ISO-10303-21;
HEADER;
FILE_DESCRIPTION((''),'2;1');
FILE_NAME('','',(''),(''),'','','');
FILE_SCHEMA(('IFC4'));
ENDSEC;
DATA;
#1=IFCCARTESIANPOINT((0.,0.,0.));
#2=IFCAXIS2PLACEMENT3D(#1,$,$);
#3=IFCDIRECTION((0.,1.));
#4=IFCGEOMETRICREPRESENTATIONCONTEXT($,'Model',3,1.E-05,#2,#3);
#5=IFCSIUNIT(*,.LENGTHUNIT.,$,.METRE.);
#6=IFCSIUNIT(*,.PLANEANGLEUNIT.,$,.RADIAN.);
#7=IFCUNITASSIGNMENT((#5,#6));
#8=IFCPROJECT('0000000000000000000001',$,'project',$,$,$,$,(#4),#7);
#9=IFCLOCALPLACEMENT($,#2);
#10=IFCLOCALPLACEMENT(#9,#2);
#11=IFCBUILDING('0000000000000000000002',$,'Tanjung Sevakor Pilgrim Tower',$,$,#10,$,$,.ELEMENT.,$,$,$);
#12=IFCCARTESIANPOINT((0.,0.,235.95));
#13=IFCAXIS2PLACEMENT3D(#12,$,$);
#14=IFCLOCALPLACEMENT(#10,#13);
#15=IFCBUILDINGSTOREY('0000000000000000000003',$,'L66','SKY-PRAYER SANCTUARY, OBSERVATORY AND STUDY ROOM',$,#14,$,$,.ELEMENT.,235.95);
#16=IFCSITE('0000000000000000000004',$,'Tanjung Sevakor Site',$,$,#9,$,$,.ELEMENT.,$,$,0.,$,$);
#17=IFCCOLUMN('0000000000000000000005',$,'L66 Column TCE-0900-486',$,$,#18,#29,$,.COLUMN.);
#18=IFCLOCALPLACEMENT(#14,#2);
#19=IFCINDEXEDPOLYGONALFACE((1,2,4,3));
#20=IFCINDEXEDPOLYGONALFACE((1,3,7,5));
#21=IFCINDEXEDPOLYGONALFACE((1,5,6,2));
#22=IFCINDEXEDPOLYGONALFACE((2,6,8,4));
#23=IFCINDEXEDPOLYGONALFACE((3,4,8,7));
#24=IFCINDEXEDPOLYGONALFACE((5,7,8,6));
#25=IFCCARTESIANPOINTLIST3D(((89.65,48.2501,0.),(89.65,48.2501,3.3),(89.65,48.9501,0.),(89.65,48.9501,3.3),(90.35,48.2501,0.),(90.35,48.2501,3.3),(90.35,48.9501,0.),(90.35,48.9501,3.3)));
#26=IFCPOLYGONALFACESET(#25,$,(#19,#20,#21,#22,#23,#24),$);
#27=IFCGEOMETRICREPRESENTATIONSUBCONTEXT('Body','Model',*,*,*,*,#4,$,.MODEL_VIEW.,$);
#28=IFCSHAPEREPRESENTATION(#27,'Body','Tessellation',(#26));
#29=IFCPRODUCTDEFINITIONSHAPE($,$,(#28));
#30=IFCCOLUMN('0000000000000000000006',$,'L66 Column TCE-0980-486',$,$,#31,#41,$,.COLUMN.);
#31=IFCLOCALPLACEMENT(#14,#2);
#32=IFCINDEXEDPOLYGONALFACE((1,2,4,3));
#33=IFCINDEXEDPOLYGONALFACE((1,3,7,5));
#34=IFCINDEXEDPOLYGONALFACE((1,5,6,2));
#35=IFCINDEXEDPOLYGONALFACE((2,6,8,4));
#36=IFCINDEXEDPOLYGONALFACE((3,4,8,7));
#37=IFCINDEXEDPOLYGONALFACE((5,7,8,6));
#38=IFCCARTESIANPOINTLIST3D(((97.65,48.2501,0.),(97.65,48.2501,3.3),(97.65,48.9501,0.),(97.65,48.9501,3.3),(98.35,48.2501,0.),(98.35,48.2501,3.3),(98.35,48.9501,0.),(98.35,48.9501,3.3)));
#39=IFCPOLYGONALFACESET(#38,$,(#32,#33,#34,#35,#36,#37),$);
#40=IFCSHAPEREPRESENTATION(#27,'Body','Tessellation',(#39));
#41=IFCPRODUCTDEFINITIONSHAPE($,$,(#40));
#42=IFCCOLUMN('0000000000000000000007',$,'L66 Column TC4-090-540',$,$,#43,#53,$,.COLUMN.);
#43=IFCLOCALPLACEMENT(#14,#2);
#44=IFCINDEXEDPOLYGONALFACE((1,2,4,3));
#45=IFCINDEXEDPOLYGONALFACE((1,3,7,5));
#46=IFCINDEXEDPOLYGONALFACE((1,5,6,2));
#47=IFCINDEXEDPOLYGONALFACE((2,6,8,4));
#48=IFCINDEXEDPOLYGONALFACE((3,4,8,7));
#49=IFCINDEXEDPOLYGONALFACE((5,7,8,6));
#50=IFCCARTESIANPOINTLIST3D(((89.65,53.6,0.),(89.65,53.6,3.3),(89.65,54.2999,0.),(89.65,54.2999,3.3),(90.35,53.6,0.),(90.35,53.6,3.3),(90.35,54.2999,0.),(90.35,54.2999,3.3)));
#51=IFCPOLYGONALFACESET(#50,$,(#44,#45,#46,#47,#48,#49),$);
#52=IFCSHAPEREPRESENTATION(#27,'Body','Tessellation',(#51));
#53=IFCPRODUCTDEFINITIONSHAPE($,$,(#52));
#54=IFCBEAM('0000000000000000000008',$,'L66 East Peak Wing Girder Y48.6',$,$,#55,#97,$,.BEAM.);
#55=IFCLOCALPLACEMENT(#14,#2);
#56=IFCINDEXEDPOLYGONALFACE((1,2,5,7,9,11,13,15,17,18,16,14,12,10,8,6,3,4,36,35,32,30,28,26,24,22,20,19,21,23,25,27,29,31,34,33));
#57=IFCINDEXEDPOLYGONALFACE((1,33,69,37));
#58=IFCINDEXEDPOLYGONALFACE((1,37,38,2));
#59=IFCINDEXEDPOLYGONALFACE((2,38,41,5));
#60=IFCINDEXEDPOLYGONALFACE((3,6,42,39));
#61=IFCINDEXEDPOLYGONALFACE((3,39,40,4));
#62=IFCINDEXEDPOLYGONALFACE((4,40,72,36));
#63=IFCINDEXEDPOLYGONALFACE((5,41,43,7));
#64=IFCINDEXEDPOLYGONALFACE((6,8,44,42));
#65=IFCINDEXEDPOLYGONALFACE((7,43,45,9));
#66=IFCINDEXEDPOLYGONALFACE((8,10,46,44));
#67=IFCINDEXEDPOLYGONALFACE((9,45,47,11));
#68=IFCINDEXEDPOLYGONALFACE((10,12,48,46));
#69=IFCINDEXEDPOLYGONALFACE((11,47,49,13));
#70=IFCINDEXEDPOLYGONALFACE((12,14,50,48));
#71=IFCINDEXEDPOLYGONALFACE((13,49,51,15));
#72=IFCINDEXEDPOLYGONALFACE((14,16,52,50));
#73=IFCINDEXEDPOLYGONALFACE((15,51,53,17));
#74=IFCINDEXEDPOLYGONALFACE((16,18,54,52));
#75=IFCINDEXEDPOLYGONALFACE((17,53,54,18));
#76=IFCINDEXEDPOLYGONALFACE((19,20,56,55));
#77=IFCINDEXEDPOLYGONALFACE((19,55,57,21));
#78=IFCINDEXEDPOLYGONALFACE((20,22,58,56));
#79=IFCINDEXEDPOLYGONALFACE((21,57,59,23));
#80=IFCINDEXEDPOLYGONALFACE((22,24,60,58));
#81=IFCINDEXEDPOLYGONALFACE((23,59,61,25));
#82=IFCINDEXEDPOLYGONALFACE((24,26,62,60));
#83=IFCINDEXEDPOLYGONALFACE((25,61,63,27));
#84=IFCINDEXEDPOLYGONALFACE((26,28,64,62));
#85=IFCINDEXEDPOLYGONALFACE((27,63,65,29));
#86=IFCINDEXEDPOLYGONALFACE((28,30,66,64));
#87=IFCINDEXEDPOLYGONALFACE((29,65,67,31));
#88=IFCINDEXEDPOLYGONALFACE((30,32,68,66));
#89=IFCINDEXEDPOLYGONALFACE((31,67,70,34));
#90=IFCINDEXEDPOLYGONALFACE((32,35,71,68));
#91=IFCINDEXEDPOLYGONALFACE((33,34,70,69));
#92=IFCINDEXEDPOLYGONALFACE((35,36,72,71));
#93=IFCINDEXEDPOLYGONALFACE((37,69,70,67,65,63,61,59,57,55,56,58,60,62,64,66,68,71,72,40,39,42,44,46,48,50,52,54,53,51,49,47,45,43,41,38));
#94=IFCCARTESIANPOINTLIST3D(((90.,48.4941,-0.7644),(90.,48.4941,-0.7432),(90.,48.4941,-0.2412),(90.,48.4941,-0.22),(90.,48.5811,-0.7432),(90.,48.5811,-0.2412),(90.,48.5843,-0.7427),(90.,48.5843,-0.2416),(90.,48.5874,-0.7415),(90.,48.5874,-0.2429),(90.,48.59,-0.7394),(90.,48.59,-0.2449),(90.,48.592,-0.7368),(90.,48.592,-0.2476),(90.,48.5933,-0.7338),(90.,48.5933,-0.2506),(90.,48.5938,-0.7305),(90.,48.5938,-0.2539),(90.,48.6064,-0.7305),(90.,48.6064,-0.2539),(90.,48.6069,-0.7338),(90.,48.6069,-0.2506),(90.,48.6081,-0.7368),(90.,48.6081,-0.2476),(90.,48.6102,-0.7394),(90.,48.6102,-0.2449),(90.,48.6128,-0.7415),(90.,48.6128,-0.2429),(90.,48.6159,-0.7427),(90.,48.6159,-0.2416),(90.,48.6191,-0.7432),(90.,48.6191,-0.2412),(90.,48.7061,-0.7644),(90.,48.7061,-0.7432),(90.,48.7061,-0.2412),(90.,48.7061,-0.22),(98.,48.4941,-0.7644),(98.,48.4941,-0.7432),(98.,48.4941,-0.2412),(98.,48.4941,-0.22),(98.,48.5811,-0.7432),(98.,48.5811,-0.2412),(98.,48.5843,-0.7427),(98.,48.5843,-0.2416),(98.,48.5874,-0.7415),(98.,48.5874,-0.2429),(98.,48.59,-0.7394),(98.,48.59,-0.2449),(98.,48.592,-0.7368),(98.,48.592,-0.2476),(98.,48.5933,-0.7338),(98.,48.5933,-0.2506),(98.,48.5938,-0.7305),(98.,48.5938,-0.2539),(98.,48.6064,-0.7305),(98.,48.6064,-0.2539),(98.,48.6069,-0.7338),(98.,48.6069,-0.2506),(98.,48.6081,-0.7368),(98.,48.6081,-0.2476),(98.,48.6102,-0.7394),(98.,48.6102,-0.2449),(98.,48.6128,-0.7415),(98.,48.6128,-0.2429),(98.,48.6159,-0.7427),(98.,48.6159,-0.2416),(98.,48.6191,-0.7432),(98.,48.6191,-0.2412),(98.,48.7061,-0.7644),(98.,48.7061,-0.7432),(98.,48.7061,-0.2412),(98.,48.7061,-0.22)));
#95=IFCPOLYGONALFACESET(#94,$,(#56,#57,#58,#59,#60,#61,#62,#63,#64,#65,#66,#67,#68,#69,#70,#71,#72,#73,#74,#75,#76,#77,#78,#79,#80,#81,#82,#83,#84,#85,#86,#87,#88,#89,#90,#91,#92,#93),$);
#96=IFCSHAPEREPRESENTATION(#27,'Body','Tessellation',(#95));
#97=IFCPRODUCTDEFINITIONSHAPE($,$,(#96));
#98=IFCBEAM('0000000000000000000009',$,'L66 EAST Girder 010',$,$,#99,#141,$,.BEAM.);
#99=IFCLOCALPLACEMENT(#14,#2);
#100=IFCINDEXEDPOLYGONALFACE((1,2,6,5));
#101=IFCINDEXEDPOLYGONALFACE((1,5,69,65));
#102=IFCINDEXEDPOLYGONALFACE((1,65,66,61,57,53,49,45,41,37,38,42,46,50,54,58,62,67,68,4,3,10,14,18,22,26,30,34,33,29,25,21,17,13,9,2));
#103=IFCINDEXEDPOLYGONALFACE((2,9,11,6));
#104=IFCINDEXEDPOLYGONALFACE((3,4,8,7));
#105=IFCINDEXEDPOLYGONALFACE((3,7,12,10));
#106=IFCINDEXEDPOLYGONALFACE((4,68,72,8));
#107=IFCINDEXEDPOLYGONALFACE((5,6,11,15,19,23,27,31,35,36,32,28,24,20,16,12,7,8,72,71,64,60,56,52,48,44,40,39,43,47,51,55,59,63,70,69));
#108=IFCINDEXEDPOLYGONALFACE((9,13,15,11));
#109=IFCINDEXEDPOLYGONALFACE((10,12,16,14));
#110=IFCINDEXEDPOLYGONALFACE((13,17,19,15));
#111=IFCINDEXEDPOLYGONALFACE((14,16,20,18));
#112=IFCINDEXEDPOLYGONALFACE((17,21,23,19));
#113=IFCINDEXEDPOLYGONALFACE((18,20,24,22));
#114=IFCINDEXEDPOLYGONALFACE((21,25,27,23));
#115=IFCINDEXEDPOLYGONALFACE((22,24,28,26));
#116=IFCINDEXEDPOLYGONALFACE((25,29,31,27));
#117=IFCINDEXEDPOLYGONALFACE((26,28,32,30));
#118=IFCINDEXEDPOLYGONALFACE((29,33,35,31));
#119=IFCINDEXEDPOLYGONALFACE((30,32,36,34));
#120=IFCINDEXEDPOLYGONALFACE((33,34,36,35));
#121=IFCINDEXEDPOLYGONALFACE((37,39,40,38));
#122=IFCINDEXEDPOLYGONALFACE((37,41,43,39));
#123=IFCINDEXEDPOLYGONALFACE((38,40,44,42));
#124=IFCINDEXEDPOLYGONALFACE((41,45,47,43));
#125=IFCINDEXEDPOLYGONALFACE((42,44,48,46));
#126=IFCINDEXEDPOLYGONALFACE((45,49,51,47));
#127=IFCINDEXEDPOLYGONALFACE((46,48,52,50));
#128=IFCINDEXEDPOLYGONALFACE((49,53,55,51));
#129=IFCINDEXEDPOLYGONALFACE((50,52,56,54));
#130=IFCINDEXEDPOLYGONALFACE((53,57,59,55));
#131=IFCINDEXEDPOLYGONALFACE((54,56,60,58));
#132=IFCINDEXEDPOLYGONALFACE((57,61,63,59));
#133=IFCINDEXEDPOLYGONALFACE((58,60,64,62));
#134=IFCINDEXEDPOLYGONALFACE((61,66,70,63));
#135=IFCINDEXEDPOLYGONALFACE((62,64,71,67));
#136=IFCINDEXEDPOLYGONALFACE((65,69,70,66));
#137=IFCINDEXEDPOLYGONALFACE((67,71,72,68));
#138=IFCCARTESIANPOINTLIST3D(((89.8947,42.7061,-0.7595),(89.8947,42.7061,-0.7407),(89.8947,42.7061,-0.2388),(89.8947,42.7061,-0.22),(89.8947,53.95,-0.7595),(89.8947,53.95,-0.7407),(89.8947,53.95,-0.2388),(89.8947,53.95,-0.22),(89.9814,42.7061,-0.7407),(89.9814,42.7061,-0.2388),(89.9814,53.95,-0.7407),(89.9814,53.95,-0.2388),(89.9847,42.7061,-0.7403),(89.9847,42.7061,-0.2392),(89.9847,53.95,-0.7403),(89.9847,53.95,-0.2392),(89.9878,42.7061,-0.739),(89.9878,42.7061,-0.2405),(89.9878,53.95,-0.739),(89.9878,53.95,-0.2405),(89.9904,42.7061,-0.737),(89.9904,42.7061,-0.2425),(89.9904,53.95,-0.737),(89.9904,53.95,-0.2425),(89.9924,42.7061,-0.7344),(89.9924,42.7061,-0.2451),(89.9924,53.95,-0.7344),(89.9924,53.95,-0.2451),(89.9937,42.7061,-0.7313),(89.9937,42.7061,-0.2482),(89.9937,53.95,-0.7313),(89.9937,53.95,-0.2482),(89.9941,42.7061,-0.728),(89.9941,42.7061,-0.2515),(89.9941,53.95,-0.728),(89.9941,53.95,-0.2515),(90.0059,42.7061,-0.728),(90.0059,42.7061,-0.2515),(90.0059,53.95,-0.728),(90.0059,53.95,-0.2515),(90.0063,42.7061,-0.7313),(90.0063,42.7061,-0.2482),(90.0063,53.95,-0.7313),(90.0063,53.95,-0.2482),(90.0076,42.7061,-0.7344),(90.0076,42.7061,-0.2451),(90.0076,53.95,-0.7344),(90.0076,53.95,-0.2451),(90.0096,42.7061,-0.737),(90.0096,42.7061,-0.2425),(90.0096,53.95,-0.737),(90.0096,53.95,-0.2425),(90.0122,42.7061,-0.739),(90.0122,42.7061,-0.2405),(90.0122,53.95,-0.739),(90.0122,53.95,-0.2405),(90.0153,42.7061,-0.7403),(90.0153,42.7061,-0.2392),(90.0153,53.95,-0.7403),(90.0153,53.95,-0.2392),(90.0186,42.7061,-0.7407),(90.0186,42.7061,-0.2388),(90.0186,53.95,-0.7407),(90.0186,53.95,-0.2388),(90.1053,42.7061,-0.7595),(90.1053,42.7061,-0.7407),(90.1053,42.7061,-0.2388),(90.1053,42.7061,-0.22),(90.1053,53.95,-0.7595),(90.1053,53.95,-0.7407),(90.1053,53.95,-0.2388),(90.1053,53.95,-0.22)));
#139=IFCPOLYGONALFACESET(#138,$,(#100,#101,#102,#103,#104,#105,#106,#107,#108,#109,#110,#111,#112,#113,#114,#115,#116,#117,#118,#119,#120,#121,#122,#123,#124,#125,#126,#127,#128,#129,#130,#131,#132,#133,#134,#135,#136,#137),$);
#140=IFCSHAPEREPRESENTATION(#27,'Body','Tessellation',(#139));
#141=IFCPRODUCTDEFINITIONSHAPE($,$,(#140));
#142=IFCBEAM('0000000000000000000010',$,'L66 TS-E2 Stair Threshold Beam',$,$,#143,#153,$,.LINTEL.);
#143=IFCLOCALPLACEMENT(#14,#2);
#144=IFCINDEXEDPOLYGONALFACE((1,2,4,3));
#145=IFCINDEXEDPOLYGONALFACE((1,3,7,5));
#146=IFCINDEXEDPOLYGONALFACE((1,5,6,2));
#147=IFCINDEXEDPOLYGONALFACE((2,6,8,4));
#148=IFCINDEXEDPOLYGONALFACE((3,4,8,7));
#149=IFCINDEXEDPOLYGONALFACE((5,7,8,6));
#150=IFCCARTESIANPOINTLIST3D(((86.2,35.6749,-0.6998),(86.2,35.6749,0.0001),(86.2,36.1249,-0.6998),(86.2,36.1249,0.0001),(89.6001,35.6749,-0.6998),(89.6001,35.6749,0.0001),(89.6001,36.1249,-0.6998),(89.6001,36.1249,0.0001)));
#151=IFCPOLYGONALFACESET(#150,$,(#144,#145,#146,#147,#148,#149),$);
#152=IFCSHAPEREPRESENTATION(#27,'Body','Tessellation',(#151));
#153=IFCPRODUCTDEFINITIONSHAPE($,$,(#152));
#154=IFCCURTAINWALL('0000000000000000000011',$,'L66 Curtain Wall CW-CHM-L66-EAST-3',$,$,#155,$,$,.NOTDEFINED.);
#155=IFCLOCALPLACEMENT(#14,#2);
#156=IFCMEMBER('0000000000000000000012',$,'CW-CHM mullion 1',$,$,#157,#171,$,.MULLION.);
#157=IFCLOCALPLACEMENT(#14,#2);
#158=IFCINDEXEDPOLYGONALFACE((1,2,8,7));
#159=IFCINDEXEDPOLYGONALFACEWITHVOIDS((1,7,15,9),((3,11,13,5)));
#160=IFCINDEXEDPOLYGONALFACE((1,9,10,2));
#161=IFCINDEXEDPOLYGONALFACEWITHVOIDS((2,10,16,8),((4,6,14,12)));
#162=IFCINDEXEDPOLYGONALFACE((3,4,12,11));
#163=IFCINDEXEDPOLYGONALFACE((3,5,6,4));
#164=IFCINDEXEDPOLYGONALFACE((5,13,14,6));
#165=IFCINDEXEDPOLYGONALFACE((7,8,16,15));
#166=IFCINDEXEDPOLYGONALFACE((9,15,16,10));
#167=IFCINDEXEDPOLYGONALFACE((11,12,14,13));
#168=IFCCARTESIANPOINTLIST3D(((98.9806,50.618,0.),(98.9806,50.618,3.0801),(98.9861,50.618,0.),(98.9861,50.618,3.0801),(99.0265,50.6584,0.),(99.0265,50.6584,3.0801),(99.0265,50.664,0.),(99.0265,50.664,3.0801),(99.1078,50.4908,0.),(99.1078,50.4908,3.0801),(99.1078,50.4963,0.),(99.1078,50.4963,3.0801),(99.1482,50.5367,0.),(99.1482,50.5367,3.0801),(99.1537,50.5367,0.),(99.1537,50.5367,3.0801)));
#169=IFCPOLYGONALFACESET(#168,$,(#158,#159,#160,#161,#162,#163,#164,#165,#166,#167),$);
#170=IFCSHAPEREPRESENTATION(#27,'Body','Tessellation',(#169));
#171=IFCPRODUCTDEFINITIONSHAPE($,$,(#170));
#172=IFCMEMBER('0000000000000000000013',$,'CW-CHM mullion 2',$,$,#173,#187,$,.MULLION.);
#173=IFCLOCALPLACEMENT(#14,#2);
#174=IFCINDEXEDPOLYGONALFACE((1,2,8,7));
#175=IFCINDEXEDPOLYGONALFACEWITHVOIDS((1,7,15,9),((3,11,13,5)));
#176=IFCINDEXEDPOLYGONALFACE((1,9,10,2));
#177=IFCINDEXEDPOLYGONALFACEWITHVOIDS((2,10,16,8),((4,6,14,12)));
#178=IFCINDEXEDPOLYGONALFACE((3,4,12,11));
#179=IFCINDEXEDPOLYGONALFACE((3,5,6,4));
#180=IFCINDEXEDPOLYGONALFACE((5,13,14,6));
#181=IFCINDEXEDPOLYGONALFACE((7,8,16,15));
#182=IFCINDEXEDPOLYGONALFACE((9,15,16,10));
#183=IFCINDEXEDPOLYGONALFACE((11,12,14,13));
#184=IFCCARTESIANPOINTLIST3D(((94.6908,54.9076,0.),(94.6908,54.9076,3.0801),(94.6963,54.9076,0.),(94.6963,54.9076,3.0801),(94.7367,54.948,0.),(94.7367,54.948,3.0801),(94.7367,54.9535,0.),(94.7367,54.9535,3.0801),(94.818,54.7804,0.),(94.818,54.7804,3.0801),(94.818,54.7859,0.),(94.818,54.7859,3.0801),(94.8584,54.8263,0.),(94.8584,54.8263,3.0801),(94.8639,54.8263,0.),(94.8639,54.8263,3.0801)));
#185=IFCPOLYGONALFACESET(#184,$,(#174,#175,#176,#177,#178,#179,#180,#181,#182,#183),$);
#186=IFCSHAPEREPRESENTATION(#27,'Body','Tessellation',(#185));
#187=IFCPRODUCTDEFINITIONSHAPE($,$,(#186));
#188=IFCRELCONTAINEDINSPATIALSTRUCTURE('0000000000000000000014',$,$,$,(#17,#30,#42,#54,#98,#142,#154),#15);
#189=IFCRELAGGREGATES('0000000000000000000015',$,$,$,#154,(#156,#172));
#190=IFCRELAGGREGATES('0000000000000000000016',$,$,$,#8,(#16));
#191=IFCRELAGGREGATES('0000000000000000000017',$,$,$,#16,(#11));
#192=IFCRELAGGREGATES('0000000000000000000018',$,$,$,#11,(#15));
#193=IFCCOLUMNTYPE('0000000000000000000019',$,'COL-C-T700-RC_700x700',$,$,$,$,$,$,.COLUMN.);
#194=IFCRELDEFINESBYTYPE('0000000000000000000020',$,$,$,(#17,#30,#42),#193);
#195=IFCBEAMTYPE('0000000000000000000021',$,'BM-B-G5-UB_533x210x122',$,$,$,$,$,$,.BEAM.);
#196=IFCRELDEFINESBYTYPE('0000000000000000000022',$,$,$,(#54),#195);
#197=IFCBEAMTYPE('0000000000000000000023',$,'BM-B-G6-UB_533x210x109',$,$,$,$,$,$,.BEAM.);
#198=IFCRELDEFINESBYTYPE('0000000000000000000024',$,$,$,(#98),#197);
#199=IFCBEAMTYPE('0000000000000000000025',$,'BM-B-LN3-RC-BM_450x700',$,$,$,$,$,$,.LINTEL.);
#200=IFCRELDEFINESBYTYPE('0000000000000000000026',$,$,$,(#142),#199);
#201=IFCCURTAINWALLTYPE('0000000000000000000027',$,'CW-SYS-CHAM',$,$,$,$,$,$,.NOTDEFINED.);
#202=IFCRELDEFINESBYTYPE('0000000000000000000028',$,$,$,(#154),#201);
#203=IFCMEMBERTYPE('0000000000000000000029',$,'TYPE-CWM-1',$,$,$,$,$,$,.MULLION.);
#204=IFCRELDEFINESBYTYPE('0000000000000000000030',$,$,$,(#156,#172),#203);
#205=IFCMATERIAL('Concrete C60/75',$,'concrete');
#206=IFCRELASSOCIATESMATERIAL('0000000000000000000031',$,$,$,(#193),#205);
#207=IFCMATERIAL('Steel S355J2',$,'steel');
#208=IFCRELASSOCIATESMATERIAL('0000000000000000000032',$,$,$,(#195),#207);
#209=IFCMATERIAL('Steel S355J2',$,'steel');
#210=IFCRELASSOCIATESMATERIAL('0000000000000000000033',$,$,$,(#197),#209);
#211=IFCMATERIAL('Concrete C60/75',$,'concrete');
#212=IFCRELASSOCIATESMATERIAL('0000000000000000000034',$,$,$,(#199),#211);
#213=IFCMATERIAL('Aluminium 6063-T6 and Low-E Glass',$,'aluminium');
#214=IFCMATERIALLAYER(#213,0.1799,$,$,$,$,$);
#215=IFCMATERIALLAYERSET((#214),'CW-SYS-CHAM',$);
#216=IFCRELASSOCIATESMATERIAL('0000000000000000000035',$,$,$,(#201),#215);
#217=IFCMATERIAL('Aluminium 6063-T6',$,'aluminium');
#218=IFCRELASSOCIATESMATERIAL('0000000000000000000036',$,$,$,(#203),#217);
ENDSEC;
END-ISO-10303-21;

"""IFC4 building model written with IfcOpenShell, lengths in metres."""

from ifc_helpers import new_model, si_unit, direction, frame, origin, origin_2d, place, context, subcontext, project, spatial, rectangle, hollow_rectangle, i_section, extrude, material, layer, layer_set, material_profile, profile_set, type_object, element, aggregate, save


model = new_model("IFC4")

# Units and contexts
model_context = context("Model", 3, precision=1e-05, world=origin(), true_north=direction((0.0, 1.0)))
body_context = subcontext(model_context, "Body", "Model", "MODEL_VIEW")
ifc_project = project(units=[si_unit("LENGTHUNIT", "METRE"), si_unit("PLANEANGLEUNIT", "RADIAN")], contexts=[model_context])

# Site, building, storey
site_placement = place(None, origin())
site = spatial("IfcSite", under=ifc_project, at=site_placement, Name="Tanjung Sevakor Site", CompositionType="ELEMENT", RefElevation=0.0)
building_placement = place(site_placement, origin())
building = spatial("IfcBuilding", under=site, at=building_placement, Name="Tanjung Sevakor Pilgrim Tower", CompositionType="ELEMENT")
storey_placement = place(building_placement, frame((0.0, 0.0, 235.95)))
storey = spatial("IfcBuildingStorey", under=building, at=storey_placement, Name="L66", Description="SKY-PRAYER SANCTUARY, OBSERVATORY AND STUDY ROOM", CompositionType="ELEMENT", Elevation=235.95)

# Columns
ifc_material_1 = material(Name="Concrete C60/75", Category="concrete")
ifc_material_profile_1 = material_profile(ifc_material_1, rectangle(XDim=0.7, YDim=0.7, at=origin_2d()))
ifc_profile_set_1 = profile_set([ifc_material_profile_1], Name="Concrete C60/75")
column_type = type_object("IfcColumnType", Name="COL-C-T700-RC_700x700", PredefinedType="COLUMN", material=ifc_profile_set_1)
for number, where, z_axis, x_axis, name in (
    (1, (90.0, 48.6001, 0.0), (0.0, 0.0, 1.0), (1.0, 0.0, 0.0), "L66 Column TCE-0900-486"),
    (2, (98.0, 48.6001, 0.0), (0.0, 0.0, 1.0), (1.0, 0.0, 0.0), "L66 Column TCE-0980-486"),
    (3, (90.0, 53.95, 0.0), (0.0, 0.0, 1.0), (1.0, 0.0, 0.0), "L66 Column TC4-090-540"),
):
    element("IfcColumn", number, at=place(storey_placement, frame(where, z_axis=z_axis, x_axis=x_axis)), inside=storey, type_object=column_type, Name=name, PredefinedType="COLUMN", context=body_context, shape_type="SweptSolid", body=[
        extrude(rectangle(XDim=0.7, YDim=0.7, at=origin_2d()), origin(), (0.0, 0.0, 1.0), 3.3),
    ])

# Beams
ifc_material_2 = material(Name="Steel S355J2", Category="steel")
ifc_material_profile_2 = material_profile(ifc_material_2, i_section(OverallWidth=0.2119, OverallDepth=0.5444, WebThickness=0.0127, FlangeThickness=0.0212, FilletRadius=0.0127, at=origin_2d()))
ifc_profile_set_2 = profile_set([ifc_material_profile_2], Name="Steel S355J2")
beam_type_1 = type_object("IfcBeamType", Name="BM-B-G5-UB_533x210x122", PredefinedType="BEAM", material=ifc_profile_set_2)
beam_1_placement = place(storey_placement, frame((90.0, 48.6001, -0.4922), z_axis=(1.0, 0.0, 0.0), x_axis=(0.0, 1.0, 0.0)))
element("IfcBeam", 4, at=beam_1_placement, inside=storey, type_object=beam_type_1, Name="L66 East Peak Wing Girder Y48.6", PredefinedType="BEAM", context=body_context, shape_type="SweptSolid", body=[
    extrude(i_section(OverallWidth=0.2119, OverallDepth=0.5444, WebThickness=0.0127, FlangeThickness=0.0212, FilletRadius=0.0127, at=origin_2d()), origin(), (0.0, 0.0, 1.0), 8.0),
])
ifc_material_3 = material(Name="Steel S355J2", Category="steel")
ifc_material_profile_3 = material_profile(ifc_material_3, i_section(OverallWidth=0.2107, OverallDepth=0.5396, WebThickness=0.0117, FlangeThickness=0.0188, FilletRadius=0.0127, at=origin_2d()))
ifc_profile_set_3 = profile_set([ifc_material_profile_3], Name="Steel S355J2")
beam_type_2 = type_object("IfcBeamType", Name="BM-B-G6-UB_533x210x109", PredefinedType="BEAM", material=ifc_profile_set_3)
beam_2_placement = place(storey_placement, frame((90.0, 42.7061, -0.4897), z_axis=(0.0, 1.0, 0.0), x_axis=(-1.0, 0.0, 0.0)))
element("IfcBeam", 5, at=beam_2_placement, inside=storey, type_object=beam_type_2, Name="L66 EAST Girder 010", PredefinedType="BEAM", context=body_context, shape_type="SweptSolid", body=[
    extrude(i_section(OverallWidth=0.2107, OverallDepth=0.5396, WebThickness=0.0117, FlangeThickness=0.0188, FilletRadius=0.0127, at=origin_2d()), origin(), (0.0, 0.0, 1.0), 11.2439),
])
ifc_material_4 = material(Name="Concrete C60/75", Category="concrete")
ifc_material_profile_4 = material_profile(ifc_material_4, rectangle(XDim=0.45, YDim=0.7, at=origin_2d()))
ifc_profile_set_4 = profile_set([ifc_material_profile_4], Name="Concrete C60/75")
beam_type_3 = type_object("IfcBeamType", Name="BM-B-LN3-RC-BM_450x700", PredefinedType="LINTEL", material=ifc_profile_set_4)
beam_3_placement = place(storey_placement, frame((86.2, 35.8999, -0.3499), z_axis=(1.0, 0.0, 0.0), x_axis=(0.0, 1.0, 0.0)))
element("IfcBeam", 6, at=beam_3_placement, inside=storey, type_object=beam_type_3, Name="L66 TS-E2 Stair Threshold Beam", PredefinedType="LINTEL", context=body_context, shape_type="SweptSolid", body=[
    extrude(rectangle(XDim=0.45, YDim=0.7, at=origin_2d()), origin(), (0.0, 0.0, 1.0), 3.4001),
])

# Curtain wall, members
ifc_material_5 = material(Name="Aluminium 6063-T6 and Low-E Glass", Category="aluminium")
ifc_layer_1 = layer(ifc_material_5, 0.1799)
ifc_layer_set_1 = layer_set([ifc_layer_1], Name="CW-SYS-CHAM")
curtain_wall_type = type_object("IfcCurtainWallType", Name="CW-SYS-CHAM", PredefinedType="NOTDEFINED", material=ifc_layer_set_1)
curtain_wall_placement = place(storey_placement, origin())
curtain_wall = element("IfcCurtainWall", 7, at=curtain_wall_placement, inside=storey, type_object=curtain_wall_type, Name="L66 Curtain Wall CW-CHM-L66-EAST-3", PredefinedType="NOTDEFINED")
ifc_material_6 = material(Name="Aluminium 6063-T6", Category="aluminium")
ifc_material_profile_5 = material_profile(ifc_material_6, hollow_rectangle(XDim=0.0649, YDim=0.1799, WallThickness=0.0039, at=origin_2d()))
ifc_profile_set_5 = profile_set([ifc_material_profile_5], Name="Aluminium 6063-T6")
member_type_1 = type_object("IfcMemberType", Name="TYPE-CWM-1", PredefinedType="MULLION", material=ifc_profile_set_5)
member_1_placement = place(storey_placement, frame((99.0671, 50.5774, 0.0), z_axis=(0.0, 0.0, 1.0), x_axis=(-0.707107, -0.707107, 0.0)))
member_1 = element("IfcMember", 8, at=member_1_placement, type_object=member_type_1, Name="CW-CHM mullion 1", PredefinedType="MULLION", context=body_context, shape_type="SweptSolid", body=[
    extrude(hollow_rectangle(XDim=0.0649, YDim=0.1799, WallThickness=0.0039, at=origin_2d()), origin(), (0.0, 0.0, 1.0), 3.0801),
])
member_2_placement = place(storey_placement, frame((94.7773, 54.8669, 0.0), z_axis=(0.0, 0.0, 1.0), x_axis=(-0.707107, -0.707107, 0.0)))
member_2 = element("IfcMember", 9, at=member_2_placement, type_object=member_type_1, Name="CW-CHM mullion 2", PredefinedType="MULLION", context=body_context, shape_type="SweptSolid", body=[
    extrude(hollow_rectangle(XDim=0.0649, YDim=0.1799, WallThickness=0.0039, at=origin_2d()), origin(), (0.0, 0.0, 1.0), 3.0801),
])
aggregate(curtain_wall, [member_1, member_2])

save(model, "model.ifc")
